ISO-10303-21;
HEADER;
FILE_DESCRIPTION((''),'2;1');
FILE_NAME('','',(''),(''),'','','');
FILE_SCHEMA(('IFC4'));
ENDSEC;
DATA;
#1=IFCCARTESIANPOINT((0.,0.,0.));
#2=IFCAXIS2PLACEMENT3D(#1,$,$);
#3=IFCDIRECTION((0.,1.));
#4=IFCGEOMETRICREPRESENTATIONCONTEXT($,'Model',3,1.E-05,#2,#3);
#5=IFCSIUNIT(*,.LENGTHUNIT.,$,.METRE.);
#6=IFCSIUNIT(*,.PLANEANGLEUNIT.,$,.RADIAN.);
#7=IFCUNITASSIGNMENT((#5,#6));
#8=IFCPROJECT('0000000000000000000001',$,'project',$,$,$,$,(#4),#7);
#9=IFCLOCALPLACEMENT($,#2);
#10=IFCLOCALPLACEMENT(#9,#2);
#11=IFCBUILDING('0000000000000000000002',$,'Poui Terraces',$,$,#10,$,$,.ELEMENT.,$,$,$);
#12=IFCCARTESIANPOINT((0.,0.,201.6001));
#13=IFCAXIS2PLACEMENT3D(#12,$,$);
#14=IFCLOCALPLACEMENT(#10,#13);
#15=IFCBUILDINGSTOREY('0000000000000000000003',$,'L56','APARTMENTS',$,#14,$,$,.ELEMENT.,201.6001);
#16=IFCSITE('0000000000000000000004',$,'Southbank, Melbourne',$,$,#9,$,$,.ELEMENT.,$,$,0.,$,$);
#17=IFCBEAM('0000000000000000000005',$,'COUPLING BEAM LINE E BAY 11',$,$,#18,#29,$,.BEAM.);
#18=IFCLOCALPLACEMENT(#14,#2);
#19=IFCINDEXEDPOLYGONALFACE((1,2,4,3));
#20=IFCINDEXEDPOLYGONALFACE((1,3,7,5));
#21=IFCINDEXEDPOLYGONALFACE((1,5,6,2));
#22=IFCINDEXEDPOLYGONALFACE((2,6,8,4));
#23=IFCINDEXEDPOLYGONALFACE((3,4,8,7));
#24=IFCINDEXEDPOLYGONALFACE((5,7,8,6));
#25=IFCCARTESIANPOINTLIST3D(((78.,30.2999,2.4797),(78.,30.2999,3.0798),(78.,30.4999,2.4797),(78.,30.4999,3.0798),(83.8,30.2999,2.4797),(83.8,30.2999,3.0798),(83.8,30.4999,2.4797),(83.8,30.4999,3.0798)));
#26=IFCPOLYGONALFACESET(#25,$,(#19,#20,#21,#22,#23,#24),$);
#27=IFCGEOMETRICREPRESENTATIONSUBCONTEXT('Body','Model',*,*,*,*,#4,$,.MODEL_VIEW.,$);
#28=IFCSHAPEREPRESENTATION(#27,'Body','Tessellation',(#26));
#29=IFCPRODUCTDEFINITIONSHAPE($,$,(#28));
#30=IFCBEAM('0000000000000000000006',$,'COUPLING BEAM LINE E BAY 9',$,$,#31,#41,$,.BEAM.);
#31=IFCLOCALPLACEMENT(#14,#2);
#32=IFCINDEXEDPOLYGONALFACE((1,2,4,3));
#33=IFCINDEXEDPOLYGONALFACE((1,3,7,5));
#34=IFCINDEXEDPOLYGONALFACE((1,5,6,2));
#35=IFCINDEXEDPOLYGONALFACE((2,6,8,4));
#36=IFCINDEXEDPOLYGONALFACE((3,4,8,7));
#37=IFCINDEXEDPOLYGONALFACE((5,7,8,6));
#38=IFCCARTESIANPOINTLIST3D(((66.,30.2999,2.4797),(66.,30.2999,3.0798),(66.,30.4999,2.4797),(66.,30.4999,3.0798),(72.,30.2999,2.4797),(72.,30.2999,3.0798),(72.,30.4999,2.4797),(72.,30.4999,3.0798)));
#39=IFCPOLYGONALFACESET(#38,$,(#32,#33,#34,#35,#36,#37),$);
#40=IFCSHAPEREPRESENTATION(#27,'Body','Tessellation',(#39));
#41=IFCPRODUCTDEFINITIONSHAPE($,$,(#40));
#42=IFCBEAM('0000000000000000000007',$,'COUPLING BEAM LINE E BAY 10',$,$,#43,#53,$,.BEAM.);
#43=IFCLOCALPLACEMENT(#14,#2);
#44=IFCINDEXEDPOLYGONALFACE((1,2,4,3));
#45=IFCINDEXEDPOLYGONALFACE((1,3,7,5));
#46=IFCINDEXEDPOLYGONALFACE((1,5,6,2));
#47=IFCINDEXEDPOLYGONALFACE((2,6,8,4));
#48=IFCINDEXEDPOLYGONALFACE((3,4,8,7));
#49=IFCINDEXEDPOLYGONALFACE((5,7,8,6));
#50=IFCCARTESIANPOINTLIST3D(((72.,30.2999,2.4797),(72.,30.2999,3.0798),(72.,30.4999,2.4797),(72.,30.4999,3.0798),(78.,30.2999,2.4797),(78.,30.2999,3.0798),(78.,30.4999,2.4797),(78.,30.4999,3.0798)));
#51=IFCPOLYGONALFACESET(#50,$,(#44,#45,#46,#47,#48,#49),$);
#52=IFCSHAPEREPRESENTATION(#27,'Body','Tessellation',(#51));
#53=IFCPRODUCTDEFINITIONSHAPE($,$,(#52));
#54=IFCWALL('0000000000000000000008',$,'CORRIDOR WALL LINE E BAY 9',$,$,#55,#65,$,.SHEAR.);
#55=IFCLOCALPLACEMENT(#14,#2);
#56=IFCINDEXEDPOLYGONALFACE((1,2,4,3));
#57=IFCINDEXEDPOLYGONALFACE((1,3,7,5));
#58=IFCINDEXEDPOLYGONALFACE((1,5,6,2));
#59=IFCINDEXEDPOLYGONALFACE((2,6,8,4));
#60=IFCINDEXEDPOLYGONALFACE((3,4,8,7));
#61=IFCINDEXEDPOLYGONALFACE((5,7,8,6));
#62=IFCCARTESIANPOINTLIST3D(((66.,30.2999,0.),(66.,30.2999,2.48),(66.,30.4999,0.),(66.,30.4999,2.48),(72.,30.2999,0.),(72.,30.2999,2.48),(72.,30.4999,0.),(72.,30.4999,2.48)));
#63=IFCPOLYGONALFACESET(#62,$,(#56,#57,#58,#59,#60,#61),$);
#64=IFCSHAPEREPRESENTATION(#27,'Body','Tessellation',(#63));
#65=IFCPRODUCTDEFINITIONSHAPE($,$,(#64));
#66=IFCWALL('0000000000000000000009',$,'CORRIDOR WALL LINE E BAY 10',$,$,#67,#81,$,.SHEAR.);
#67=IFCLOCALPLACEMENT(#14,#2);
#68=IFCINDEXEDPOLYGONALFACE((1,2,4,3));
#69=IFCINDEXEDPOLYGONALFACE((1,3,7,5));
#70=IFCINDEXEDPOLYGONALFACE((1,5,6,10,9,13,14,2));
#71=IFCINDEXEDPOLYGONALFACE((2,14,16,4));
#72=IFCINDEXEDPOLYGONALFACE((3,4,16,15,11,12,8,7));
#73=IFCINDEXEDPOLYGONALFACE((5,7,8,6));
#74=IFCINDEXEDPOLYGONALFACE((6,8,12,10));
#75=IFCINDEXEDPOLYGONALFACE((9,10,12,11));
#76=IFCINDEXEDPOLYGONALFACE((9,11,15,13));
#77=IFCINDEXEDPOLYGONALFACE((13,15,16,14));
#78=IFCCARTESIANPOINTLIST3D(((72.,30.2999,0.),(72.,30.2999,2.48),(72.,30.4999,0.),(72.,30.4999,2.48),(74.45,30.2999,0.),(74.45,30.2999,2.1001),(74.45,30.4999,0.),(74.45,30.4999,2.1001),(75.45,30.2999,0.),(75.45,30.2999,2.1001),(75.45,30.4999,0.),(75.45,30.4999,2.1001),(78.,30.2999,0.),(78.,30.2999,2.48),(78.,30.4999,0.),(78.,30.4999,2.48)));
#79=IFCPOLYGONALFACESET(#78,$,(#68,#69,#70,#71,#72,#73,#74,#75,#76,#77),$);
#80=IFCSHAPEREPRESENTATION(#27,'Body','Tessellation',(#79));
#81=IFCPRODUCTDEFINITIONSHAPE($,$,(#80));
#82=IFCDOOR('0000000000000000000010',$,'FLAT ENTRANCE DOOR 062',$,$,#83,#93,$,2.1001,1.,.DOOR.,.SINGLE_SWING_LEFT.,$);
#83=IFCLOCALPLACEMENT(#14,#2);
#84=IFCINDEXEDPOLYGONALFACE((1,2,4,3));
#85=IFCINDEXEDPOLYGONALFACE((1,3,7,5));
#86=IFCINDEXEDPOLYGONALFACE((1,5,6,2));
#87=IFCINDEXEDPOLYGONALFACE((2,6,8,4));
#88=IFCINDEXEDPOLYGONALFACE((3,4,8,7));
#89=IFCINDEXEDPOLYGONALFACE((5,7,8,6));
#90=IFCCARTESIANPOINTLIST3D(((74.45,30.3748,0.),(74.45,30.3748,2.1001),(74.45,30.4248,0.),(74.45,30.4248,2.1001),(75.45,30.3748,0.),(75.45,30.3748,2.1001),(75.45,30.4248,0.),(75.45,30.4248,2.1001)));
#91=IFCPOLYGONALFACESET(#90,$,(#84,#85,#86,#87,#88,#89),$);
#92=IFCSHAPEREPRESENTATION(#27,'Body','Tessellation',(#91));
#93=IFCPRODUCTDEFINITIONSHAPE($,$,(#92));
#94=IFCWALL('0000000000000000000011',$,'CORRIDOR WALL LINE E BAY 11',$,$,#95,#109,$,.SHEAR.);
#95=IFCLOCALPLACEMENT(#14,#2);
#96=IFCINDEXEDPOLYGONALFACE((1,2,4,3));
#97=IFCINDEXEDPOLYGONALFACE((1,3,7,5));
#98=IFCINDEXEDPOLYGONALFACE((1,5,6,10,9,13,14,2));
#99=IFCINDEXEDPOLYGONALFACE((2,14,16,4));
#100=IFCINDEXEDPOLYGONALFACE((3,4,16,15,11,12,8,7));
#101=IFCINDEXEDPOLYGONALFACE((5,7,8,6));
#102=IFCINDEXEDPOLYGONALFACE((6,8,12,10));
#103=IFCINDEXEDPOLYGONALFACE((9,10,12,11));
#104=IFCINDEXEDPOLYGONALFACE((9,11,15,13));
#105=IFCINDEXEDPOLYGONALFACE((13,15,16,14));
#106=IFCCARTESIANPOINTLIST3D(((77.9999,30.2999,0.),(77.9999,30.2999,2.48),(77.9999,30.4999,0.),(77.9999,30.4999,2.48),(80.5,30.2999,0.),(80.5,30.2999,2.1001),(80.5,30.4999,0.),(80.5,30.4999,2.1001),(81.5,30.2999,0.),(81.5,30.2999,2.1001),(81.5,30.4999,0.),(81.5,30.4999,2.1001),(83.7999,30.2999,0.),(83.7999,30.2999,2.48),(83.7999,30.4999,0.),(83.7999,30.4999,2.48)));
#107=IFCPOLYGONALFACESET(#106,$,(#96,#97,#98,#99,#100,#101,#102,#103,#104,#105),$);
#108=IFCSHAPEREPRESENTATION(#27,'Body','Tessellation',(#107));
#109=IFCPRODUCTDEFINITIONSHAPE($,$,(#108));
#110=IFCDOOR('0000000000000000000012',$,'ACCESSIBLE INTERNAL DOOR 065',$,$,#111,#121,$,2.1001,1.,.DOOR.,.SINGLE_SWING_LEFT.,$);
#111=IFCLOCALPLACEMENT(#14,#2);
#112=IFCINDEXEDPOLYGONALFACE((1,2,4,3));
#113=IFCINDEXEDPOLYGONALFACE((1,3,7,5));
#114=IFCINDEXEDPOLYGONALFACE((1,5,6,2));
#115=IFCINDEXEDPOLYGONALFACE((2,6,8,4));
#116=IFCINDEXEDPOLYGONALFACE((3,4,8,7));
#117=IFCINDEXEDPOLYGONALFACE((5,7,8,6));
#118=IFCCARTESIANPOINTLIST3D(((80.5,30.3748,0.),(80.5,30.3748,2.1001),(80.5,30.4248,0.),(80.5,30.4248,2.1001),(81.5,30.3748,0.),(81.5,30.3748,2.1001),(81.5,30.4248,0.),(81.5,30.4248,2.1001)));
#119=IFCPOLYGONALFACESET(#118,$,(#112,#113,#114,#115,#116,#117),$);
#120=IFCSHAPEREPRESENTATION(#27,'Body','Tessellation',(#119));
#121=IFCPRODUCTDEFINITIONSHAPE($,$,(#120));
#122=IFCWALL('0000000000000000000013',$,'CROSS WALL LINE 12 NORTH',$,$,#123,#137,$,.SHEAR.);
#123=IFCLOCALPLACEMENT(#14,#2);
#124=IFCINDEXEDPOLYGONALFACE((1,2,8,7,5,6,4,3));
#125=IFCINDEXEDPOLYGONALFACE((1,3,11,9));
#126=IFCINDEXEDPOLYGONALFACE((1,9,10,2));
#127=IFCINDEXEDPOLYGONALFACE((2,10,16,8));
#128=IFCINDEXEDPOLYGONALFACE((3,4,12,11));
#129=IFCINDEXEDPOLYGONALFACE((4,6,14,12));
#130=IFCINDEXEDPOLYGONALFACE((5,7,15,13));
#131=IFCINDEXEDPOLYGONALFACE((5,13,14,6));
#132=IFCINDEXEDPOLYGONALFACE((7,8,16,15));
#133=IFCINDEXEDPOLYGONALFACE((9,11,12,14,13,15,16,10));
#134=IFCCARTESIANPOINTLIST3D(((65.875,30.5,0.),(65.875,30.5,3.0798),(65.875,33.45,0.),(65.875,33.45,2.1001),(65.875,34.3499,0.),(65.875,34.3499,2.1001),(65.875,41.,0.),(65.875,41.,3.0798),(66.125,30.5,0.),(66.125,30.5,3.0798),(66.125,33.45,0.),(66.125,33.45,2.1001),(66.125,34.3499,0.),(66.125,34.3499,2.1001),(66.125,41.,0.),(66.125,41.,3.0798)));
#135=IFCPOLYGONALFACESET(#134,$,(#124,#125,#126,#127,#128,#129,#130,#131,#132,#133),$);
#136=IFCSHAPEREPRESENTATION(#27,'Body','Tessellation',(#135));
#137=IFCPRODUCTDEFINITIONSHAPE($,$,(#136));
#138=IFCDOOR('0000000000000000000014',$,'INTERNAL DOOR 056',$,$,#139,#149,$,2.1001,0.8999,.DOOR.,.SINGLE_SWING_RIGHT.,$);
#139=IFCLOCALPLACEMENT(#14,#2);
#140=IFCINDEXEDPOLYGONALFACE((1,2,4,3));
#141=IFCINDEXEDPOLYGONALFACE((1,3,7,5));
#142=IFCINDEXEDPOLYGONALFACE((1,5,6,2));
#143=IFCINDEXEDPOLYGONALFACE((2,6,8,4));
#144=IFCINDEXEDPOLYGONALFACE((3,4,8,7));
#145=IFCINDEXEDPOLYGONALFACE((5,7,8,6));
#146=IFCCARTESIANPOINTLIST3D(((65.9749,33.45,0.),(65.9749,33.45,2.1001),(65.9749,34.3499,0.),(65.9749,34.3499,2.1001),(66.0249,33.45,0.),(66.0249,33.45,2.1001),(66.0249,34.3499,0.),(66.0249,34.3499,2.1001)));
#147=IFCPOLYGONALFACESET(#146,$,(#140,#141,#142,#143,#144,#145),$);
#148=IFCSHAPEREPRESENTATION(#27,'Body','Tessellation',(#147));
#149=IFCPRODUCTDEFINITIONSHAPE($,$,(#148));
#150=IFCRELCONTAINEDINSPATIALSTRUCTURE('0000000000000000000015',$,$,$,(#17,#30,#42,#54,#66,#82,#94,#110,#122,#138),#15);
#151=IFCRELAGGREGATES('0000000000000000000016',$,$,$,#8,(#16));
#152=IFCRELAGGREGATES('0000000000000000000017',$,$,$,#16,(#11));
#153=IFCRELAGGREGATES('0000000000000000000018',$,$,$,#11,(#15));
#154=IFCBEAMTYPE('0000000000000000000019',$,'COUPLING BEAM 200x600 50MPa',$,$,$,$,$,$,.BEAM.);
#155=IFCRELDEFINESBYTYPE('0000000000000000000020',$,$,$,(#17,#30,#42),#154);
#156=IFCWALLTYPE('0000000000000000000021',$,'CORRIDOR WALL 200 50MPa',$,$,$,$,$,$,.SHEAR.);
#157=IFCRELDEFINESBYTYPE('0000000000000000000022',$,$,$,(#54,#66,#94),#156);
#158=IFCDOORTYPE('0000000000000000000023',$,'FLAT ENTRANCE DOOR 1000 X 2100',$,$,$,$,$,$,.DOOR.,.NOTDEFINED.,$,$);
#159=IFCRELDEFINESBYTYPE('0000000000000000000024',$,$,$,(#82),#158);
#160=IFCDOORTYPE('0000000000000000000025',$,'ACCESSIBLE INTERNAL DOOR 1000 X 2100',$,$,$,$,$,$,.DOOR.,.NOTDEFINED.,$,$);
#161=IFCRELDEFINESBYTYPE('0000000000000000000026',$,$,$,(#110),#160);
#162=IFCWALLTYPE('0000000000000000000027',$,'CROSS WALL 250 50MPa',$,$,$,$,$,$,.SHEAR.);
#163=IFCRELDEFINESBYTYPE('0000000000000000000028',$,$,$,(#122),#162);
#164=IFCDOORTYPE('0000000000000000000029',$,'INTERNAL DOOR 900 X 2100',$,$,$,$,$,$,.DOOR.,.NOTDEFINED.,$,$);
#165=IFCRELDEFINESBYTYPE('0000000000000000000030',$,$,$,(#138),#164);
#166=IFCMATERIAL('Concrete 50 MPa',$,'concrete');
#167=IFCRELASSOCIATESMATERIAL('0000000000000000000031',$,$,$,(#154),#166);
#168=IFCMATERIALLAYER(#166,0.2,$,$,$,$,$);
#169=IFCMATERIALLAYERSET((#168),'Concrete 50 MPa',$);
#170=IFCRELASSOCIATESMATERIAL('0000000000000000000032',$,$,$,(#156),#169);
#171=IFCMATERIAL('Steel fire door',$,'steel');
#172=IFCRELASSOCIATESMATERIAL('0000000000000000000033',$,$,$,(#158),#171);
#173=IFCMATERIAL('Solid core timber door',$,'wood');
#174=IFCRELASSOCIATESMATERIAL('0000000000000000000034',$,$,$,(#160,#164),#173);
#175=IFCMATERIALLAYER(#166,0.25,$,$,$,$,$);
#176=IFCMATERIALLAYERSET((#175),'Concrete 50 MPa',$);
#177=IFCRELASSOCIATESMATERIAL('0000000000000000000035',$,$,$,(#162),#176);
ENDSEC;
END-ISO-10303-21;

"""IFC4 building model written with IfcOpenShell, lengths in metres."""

from ifc_helpers import new_model, si_unit, direction, frame, frame_2d, origin, origin_2d, place, context, subcontext, project, spatial, rectangle, extrude, source, transform, mapped, material, layer, layer_set, material_profile, profile_set, type_object, element, fill, save


model = new_model("IFC4")

# Units and contexts
model_context = context("Model", 3, precision=1e-05, world=origin(), true_north=direction((0.0, 1.0)))
body_context = subcontext(model_context, "Body", "Model", "MODEL_VIEW")
ifc_project = project(units=[si_unit("LENGTHUNIT", "METRE"), si_unit("PLANEANGLEUNIT", "RADIAN")], contexts=[model_context])

# Site, building, storey
site_placement = place(None, origin())
site = spatial("IfcSite", under=ifc_project, at=site_placement, Name="Southbank, Melbourne", CompositionType="ELEMENT", RefElevation=0.0)
building_placement = place(site_placement, origin())
building = spatial("IfcBuilding", under=site, at=building_placement, Name="Poui Terraces", CompositionType="ELEMENT")
storey_placement = place(building_placement, frame((0.0, 0.0, 201.6001)))
storey = spatial("IfcBuildingStorey", under=building, at=storey_placement, Name="L56", Description="APARTMENTS", CompositionType="ELEMENT", Elevation=201.6001)

# Beams
ifc_material_1 = material(Name="Concrete 50 MPa", Category="concrete")
ifc_material_profile = material_profile(ifc_material_1, rectangle(XDim=0.2, YDim=0.6001, at=origin_2d()), Name="RC 200x600")
ifc_profile_set = profile_set([ifc_material_profile], Name="Concrete 50 MPa")
beam_type = type_object("IfcBeamType", Name="COUPLING BEAM 200x600 50MPa", PredefinedType="BEAM", material=ifc_profile_set)
shared_shape_1 = source(origin(), body_context, "Body", "SweptSolid", [
    extrude(rectangle(XDim=0.2, YDim=0.6001, at=origin_2d()), origin(), (0.0, 0.0, 1.0), 5.8),
])
beam_placement = place(storey_placement, frame((78.0, 30.3999, 2.7798), z_axis=(1.0, 0.0, 0.0), x_axis=(0.0, 1.0, 0.0)))
element("IfcBeam", 1, at=beam_placement, inside=storey, type_object=beam_type, Name="COUPLING BEAM LINE E BAY 11", PredefinedType="BEAM", context=body_context, shape_type="MappedRepresentation", body=[
    mapped(shared_shape_1, transform((0.0, 0.0, 0.0))),
])
shared_shape_2 = source(origin(), body_context, "Body", "SweptSolid", [
    extrude(rectangle(XDim=0.2, YDim=0.6001, at=origin_2d()), origin(), (0.0, 0.0, 1.0), 6.0),
])
for number, where, z_axis, x_axis, name in (
    (2, (66.0, 30.3999, 2.7798), (1.0, 0.0, 0.0), (0.0, 1.0, 0.0), "COUPLING BEAM LINE E BAY 9"),
    (3, (72.0, 30.3999, 2.7798), (1.0, 0.0, 0.0), (0.0, 1.0, 0.0), "COUPLING BEAM LINE E BAY 10"),
):
    element("IfcBeam", number, at=place(storey_placement, frame(where, z_axis=z_axis, x_axis=x_axis)), inside=storey, type_object=beam_type, Name=name, PredefinedType="BEAM", context=body_context, shape_type="MappedRepresentation", body=[
        mapped(shared_shape_2, transform((0.0, 0.0, 0.0))),
    ])

# Wall
ifc_layer_1 = layer(ifc_material_1, 0.2)
ifc_layer_set_1 = layer_set([ifc_layer_1], Name="Concrete 50 MPa")
wall_type_1 = type_object("IfcWallType", Name="CORRIDOR WALL 200 50MPa", PredefinedType="SHEAR", material=ifc_layer_set_1)
wall_1_placement = place(storey_placement, frame((66.0, 30.3999, 0.0), z_axis=(0.0, 0.0, 1.0), x_axis=(1.0, 0.0, 0.0)))
element("IfcWall", 4, at=wall_1_placement, inside=storey, type_object=wall_type_1, Name="CORRIDOR WALL LINE E BAY 9", PredefinedType="SHEAR", context=body_context, shape_type="SweptSolid", body=[
    extrude(rectangle(XDim=6.0, YDim=0.2, at=frame_2d((3.0, 0.0))), origin(), (0.0, 0.0, 1.0), 2.48),
])

# Walls, openings, doors
wall_2_placement = place(storey_placement, frame((72.0, 30.3999, 0.0), z_axis=(0.0, 0.0, 1.0), x_axis=(1.0, 0.0, 0.0)))
wall_2 = element("IfcWall", 5, at=wall_2_placement, inside=storey, type_object=wall_type_1, Name="CORRIDOR WALL LINE E BAY 10", PredefinedType="SHEAR", context=body_context, shape_type="SweptSolid", body=[
    extrude(rectangle(XDim=6.0, YDim=0.2, at=frame_2d((3.0, 0.0))), origin(), (0.0, 0.0, 1.0), 2.48),
])
opening_1_placement = place(wall_2_placement, frame((2.45, 0.0, 0.0)))
opening_1 = element("IfcOpeningElement", 6, at=opening_1_placement, cuts=wall_2, PredefinedType="OPENING", context=body_context, shape_type="SweptSolid", body=[
    extrude(rectangle(XDim=1.0, YDim=2.1001, at=frame_2d((0.5, 1.05))), frame((0.0, 0.1099, 0.0), z_axis=(0.0, -1.0, 0.0), x_axis=(1.0, 0.0, 0.0)), (0.0, 0.0, 1.0), 0.22),
])
ifc_material_2 = material(Name="Steel fire door", Category="steel")
door_type_1 = type_object("IfcDoorType", Name="FLAT ENTRANCE DOOR 1000 X 2100", OperationType="NOTDEFINED", PredefinedType="DOOR", material=ifc_material_2)
door_1_placement = place(opening_1_placement, origin())
door_1 = element("IfcDoor", 7, at=door_1_placement, inside=storey, type_object=door_type_1, Name="FLAT ENTRANCE DOOR 062", OperationType="SINGLE_SWING_LEFT", OverallHeight=2.1001, OverallWidth=1.0, PredefinedType="DOOR", context=body_context, shape_type="SweptSolid", body=[
    extrude(rectangle(XDim=1.0, YDim=2.1001, at=frame_2d((0.5, 1.05))), frame((0.0, 0.0249, 0.0), z_axis=(0.0, -1.0, 0.0), x_axis=(1.0, 0.0, 0.0)), (0.0, 0.0, 1.0), 0.05),
])
fill(opening_1, door_1)
wall_3_placement = place(storey_placement, frame((78.0, 30.3999, 0.0), z_axis=(0.0, 0.0, 1.0), x_axis=(1.0, 0.0, 0.0)))
wall_3 = element("IfcWall", 8, at=wall_3_placement, inside=storey, type_object=wall_type_1, Name="CORRIDOR WALL LINE E BAY 11", PredefinedType="SHEAR", context=body_context, shape_type="SweptSolid", body=[
    extrude(rectangle(XDim=5.8, YDim=0.2, at=frame_2d((2.8999, 0.0))), origin(), (0.0, 0.0, 1.0), 2.48),
])
opening_2_placement = place(wall_3_placement, frame((2.5, 0.0, 0.0)))
opening_2 = element("IfcOpeningElement", 9, at=opening_2_placement, cuts=wall_3, PredefinedType="OPENING", context=body_context, shape_type="SweptSolid", body=[
    extrude(rectangle(XDim=1.0, YDim=2.1001, at=frame_2d((0.5, 1.05))), frame((0.0, 0.1099, 0.0), z_axis=(0.0, -1.0, 0.0), x_axis=(1.0, 0.0, 0.0)), (0.0, 0.0, 1.0), 0.22),
])
ifc_material_3 = material(Name="Solid core timber door", Category="wood")
door_type_2 = type_object("IfcDoorType", Name="ACCESSIBLE INTERNAL DOOR 1000 X 2100", OperationType="NOTDEFINED", PredefinedType="DOOR", material=ifc_material_3)
door_2_placement = place(opening_2_placement, origin())
door_2 = element("IfcDoor", 10, at=door_2_placement, inside=storey, type_object=door_type_2, Name="ACCESSIBLE INTERNAL DOOR 065", OperationType="SINGLE_SWING_LEFT", OverallHeight=2.1001, OverallWidth=1.0, PredefinedType="DOOR", context=body_context, shape_type="SweptSolid", body=[
    extrude(rectangle(XDim=1.0, YDim=2.1001, at=frame_2d((0.5, 1.05))), frame((0.0, 0.0249, 0.0), z_axis=(0.0, -1.0, 0.0), x_axis=(1.0, 0.0, 0.0)), (0.0, 0.0, 1.0), 0.05),
])
fill(opening_2, door_2)
ifc_layer_2 = layer(ifc_material_1, 0.25)
ifc_layer_set_2 = layer_set([ifc_layer_2], Name="Concrete 50 MPa")
wall_type_2 = type_object("IfcWallType", Name="CROSS WALL 250 50MPa", PredefinedType="SHEAR", material=ifc_layer_set_2)
wall_4_placement = place(storey_placement, frame((66.0, 30.5, 0.0), z_axis=(0.0, 0.0, 1.0), x_axis=(0.0, 1.0, 0.0)))
wall_4 = element("IfcWall", 11, at=wall_4_placement, inside=storey, type_object=wall_type_2, Name="CROSS WALL LINE 12 NORTH", PredefinedType="SHEAR", context=body_context, shape_type="SweptSolid", body=[
    extrude(rectangle(XDim=10.5, YDim=0.25, at=frame_2d((5.25, 0.0))), origin(), (0.0, 0.0, 1.0), 3.0798),
])
opening_3_placement = place(wall_4_placement, frame((2.95, 0.0, 0.0)))
opening_3 = element("IfcOpeningElement", 12, at=opening_3_placement, cuts=wall_4, PredefinedType="OPENING", context=body_context, shape_type="SweptSolid", body=[
    extrude(rectangle(XDim=0.8999, YDim=2.1001, at=frame_2d((0.45, 1.05))), frame((0.0, 0.135, 0.0), z_axis=(0.0, -1.0, 0.0), x_axis=(1.0, 0.0, 0.0)), (0.0, 0.0, 1.0), 0.27),
])
door_type_3 = type_object("IfcDoorType", Name="INTERNAL DOOR 900 X 2100", OperationType="NOTDEFINED", PredefinedType="DOOR", material=ifc_material_3)
door_3_placement = place(opening_3_placement, frame((0.8999, 0.0, 0.0), z_axis=(0.0, 0.0, 1.0), x_axis=(-1.0, 0.0, 0.0)))
door_3 = element("IfcDoor", 13, at=door_3_placement, inside=storey, type_object=door_type_3, Name="INTERNAL DOOR 056", OperationType="SINGLE_SWING_RIGHT", OverallHeight=2.1001, OverallWidth=0.8999, PredefinedType="DOOR", context=body_context, shape_type="SweptSolid", body=[
    extrude(rectangle(XDim=0.8999, YDim=2.1001, at=frame_2d((0.45, 1.05))), frame((0.0, 0.0249, 0.0), z_axis=(0.0, -1.0, 0.0), x_axis=(1.0, 0.0, 0.0)), (0.0, 0.0, 1.0), 0.05),
])
fill(opening_3, door_3)

save(model, "model.ifc")
